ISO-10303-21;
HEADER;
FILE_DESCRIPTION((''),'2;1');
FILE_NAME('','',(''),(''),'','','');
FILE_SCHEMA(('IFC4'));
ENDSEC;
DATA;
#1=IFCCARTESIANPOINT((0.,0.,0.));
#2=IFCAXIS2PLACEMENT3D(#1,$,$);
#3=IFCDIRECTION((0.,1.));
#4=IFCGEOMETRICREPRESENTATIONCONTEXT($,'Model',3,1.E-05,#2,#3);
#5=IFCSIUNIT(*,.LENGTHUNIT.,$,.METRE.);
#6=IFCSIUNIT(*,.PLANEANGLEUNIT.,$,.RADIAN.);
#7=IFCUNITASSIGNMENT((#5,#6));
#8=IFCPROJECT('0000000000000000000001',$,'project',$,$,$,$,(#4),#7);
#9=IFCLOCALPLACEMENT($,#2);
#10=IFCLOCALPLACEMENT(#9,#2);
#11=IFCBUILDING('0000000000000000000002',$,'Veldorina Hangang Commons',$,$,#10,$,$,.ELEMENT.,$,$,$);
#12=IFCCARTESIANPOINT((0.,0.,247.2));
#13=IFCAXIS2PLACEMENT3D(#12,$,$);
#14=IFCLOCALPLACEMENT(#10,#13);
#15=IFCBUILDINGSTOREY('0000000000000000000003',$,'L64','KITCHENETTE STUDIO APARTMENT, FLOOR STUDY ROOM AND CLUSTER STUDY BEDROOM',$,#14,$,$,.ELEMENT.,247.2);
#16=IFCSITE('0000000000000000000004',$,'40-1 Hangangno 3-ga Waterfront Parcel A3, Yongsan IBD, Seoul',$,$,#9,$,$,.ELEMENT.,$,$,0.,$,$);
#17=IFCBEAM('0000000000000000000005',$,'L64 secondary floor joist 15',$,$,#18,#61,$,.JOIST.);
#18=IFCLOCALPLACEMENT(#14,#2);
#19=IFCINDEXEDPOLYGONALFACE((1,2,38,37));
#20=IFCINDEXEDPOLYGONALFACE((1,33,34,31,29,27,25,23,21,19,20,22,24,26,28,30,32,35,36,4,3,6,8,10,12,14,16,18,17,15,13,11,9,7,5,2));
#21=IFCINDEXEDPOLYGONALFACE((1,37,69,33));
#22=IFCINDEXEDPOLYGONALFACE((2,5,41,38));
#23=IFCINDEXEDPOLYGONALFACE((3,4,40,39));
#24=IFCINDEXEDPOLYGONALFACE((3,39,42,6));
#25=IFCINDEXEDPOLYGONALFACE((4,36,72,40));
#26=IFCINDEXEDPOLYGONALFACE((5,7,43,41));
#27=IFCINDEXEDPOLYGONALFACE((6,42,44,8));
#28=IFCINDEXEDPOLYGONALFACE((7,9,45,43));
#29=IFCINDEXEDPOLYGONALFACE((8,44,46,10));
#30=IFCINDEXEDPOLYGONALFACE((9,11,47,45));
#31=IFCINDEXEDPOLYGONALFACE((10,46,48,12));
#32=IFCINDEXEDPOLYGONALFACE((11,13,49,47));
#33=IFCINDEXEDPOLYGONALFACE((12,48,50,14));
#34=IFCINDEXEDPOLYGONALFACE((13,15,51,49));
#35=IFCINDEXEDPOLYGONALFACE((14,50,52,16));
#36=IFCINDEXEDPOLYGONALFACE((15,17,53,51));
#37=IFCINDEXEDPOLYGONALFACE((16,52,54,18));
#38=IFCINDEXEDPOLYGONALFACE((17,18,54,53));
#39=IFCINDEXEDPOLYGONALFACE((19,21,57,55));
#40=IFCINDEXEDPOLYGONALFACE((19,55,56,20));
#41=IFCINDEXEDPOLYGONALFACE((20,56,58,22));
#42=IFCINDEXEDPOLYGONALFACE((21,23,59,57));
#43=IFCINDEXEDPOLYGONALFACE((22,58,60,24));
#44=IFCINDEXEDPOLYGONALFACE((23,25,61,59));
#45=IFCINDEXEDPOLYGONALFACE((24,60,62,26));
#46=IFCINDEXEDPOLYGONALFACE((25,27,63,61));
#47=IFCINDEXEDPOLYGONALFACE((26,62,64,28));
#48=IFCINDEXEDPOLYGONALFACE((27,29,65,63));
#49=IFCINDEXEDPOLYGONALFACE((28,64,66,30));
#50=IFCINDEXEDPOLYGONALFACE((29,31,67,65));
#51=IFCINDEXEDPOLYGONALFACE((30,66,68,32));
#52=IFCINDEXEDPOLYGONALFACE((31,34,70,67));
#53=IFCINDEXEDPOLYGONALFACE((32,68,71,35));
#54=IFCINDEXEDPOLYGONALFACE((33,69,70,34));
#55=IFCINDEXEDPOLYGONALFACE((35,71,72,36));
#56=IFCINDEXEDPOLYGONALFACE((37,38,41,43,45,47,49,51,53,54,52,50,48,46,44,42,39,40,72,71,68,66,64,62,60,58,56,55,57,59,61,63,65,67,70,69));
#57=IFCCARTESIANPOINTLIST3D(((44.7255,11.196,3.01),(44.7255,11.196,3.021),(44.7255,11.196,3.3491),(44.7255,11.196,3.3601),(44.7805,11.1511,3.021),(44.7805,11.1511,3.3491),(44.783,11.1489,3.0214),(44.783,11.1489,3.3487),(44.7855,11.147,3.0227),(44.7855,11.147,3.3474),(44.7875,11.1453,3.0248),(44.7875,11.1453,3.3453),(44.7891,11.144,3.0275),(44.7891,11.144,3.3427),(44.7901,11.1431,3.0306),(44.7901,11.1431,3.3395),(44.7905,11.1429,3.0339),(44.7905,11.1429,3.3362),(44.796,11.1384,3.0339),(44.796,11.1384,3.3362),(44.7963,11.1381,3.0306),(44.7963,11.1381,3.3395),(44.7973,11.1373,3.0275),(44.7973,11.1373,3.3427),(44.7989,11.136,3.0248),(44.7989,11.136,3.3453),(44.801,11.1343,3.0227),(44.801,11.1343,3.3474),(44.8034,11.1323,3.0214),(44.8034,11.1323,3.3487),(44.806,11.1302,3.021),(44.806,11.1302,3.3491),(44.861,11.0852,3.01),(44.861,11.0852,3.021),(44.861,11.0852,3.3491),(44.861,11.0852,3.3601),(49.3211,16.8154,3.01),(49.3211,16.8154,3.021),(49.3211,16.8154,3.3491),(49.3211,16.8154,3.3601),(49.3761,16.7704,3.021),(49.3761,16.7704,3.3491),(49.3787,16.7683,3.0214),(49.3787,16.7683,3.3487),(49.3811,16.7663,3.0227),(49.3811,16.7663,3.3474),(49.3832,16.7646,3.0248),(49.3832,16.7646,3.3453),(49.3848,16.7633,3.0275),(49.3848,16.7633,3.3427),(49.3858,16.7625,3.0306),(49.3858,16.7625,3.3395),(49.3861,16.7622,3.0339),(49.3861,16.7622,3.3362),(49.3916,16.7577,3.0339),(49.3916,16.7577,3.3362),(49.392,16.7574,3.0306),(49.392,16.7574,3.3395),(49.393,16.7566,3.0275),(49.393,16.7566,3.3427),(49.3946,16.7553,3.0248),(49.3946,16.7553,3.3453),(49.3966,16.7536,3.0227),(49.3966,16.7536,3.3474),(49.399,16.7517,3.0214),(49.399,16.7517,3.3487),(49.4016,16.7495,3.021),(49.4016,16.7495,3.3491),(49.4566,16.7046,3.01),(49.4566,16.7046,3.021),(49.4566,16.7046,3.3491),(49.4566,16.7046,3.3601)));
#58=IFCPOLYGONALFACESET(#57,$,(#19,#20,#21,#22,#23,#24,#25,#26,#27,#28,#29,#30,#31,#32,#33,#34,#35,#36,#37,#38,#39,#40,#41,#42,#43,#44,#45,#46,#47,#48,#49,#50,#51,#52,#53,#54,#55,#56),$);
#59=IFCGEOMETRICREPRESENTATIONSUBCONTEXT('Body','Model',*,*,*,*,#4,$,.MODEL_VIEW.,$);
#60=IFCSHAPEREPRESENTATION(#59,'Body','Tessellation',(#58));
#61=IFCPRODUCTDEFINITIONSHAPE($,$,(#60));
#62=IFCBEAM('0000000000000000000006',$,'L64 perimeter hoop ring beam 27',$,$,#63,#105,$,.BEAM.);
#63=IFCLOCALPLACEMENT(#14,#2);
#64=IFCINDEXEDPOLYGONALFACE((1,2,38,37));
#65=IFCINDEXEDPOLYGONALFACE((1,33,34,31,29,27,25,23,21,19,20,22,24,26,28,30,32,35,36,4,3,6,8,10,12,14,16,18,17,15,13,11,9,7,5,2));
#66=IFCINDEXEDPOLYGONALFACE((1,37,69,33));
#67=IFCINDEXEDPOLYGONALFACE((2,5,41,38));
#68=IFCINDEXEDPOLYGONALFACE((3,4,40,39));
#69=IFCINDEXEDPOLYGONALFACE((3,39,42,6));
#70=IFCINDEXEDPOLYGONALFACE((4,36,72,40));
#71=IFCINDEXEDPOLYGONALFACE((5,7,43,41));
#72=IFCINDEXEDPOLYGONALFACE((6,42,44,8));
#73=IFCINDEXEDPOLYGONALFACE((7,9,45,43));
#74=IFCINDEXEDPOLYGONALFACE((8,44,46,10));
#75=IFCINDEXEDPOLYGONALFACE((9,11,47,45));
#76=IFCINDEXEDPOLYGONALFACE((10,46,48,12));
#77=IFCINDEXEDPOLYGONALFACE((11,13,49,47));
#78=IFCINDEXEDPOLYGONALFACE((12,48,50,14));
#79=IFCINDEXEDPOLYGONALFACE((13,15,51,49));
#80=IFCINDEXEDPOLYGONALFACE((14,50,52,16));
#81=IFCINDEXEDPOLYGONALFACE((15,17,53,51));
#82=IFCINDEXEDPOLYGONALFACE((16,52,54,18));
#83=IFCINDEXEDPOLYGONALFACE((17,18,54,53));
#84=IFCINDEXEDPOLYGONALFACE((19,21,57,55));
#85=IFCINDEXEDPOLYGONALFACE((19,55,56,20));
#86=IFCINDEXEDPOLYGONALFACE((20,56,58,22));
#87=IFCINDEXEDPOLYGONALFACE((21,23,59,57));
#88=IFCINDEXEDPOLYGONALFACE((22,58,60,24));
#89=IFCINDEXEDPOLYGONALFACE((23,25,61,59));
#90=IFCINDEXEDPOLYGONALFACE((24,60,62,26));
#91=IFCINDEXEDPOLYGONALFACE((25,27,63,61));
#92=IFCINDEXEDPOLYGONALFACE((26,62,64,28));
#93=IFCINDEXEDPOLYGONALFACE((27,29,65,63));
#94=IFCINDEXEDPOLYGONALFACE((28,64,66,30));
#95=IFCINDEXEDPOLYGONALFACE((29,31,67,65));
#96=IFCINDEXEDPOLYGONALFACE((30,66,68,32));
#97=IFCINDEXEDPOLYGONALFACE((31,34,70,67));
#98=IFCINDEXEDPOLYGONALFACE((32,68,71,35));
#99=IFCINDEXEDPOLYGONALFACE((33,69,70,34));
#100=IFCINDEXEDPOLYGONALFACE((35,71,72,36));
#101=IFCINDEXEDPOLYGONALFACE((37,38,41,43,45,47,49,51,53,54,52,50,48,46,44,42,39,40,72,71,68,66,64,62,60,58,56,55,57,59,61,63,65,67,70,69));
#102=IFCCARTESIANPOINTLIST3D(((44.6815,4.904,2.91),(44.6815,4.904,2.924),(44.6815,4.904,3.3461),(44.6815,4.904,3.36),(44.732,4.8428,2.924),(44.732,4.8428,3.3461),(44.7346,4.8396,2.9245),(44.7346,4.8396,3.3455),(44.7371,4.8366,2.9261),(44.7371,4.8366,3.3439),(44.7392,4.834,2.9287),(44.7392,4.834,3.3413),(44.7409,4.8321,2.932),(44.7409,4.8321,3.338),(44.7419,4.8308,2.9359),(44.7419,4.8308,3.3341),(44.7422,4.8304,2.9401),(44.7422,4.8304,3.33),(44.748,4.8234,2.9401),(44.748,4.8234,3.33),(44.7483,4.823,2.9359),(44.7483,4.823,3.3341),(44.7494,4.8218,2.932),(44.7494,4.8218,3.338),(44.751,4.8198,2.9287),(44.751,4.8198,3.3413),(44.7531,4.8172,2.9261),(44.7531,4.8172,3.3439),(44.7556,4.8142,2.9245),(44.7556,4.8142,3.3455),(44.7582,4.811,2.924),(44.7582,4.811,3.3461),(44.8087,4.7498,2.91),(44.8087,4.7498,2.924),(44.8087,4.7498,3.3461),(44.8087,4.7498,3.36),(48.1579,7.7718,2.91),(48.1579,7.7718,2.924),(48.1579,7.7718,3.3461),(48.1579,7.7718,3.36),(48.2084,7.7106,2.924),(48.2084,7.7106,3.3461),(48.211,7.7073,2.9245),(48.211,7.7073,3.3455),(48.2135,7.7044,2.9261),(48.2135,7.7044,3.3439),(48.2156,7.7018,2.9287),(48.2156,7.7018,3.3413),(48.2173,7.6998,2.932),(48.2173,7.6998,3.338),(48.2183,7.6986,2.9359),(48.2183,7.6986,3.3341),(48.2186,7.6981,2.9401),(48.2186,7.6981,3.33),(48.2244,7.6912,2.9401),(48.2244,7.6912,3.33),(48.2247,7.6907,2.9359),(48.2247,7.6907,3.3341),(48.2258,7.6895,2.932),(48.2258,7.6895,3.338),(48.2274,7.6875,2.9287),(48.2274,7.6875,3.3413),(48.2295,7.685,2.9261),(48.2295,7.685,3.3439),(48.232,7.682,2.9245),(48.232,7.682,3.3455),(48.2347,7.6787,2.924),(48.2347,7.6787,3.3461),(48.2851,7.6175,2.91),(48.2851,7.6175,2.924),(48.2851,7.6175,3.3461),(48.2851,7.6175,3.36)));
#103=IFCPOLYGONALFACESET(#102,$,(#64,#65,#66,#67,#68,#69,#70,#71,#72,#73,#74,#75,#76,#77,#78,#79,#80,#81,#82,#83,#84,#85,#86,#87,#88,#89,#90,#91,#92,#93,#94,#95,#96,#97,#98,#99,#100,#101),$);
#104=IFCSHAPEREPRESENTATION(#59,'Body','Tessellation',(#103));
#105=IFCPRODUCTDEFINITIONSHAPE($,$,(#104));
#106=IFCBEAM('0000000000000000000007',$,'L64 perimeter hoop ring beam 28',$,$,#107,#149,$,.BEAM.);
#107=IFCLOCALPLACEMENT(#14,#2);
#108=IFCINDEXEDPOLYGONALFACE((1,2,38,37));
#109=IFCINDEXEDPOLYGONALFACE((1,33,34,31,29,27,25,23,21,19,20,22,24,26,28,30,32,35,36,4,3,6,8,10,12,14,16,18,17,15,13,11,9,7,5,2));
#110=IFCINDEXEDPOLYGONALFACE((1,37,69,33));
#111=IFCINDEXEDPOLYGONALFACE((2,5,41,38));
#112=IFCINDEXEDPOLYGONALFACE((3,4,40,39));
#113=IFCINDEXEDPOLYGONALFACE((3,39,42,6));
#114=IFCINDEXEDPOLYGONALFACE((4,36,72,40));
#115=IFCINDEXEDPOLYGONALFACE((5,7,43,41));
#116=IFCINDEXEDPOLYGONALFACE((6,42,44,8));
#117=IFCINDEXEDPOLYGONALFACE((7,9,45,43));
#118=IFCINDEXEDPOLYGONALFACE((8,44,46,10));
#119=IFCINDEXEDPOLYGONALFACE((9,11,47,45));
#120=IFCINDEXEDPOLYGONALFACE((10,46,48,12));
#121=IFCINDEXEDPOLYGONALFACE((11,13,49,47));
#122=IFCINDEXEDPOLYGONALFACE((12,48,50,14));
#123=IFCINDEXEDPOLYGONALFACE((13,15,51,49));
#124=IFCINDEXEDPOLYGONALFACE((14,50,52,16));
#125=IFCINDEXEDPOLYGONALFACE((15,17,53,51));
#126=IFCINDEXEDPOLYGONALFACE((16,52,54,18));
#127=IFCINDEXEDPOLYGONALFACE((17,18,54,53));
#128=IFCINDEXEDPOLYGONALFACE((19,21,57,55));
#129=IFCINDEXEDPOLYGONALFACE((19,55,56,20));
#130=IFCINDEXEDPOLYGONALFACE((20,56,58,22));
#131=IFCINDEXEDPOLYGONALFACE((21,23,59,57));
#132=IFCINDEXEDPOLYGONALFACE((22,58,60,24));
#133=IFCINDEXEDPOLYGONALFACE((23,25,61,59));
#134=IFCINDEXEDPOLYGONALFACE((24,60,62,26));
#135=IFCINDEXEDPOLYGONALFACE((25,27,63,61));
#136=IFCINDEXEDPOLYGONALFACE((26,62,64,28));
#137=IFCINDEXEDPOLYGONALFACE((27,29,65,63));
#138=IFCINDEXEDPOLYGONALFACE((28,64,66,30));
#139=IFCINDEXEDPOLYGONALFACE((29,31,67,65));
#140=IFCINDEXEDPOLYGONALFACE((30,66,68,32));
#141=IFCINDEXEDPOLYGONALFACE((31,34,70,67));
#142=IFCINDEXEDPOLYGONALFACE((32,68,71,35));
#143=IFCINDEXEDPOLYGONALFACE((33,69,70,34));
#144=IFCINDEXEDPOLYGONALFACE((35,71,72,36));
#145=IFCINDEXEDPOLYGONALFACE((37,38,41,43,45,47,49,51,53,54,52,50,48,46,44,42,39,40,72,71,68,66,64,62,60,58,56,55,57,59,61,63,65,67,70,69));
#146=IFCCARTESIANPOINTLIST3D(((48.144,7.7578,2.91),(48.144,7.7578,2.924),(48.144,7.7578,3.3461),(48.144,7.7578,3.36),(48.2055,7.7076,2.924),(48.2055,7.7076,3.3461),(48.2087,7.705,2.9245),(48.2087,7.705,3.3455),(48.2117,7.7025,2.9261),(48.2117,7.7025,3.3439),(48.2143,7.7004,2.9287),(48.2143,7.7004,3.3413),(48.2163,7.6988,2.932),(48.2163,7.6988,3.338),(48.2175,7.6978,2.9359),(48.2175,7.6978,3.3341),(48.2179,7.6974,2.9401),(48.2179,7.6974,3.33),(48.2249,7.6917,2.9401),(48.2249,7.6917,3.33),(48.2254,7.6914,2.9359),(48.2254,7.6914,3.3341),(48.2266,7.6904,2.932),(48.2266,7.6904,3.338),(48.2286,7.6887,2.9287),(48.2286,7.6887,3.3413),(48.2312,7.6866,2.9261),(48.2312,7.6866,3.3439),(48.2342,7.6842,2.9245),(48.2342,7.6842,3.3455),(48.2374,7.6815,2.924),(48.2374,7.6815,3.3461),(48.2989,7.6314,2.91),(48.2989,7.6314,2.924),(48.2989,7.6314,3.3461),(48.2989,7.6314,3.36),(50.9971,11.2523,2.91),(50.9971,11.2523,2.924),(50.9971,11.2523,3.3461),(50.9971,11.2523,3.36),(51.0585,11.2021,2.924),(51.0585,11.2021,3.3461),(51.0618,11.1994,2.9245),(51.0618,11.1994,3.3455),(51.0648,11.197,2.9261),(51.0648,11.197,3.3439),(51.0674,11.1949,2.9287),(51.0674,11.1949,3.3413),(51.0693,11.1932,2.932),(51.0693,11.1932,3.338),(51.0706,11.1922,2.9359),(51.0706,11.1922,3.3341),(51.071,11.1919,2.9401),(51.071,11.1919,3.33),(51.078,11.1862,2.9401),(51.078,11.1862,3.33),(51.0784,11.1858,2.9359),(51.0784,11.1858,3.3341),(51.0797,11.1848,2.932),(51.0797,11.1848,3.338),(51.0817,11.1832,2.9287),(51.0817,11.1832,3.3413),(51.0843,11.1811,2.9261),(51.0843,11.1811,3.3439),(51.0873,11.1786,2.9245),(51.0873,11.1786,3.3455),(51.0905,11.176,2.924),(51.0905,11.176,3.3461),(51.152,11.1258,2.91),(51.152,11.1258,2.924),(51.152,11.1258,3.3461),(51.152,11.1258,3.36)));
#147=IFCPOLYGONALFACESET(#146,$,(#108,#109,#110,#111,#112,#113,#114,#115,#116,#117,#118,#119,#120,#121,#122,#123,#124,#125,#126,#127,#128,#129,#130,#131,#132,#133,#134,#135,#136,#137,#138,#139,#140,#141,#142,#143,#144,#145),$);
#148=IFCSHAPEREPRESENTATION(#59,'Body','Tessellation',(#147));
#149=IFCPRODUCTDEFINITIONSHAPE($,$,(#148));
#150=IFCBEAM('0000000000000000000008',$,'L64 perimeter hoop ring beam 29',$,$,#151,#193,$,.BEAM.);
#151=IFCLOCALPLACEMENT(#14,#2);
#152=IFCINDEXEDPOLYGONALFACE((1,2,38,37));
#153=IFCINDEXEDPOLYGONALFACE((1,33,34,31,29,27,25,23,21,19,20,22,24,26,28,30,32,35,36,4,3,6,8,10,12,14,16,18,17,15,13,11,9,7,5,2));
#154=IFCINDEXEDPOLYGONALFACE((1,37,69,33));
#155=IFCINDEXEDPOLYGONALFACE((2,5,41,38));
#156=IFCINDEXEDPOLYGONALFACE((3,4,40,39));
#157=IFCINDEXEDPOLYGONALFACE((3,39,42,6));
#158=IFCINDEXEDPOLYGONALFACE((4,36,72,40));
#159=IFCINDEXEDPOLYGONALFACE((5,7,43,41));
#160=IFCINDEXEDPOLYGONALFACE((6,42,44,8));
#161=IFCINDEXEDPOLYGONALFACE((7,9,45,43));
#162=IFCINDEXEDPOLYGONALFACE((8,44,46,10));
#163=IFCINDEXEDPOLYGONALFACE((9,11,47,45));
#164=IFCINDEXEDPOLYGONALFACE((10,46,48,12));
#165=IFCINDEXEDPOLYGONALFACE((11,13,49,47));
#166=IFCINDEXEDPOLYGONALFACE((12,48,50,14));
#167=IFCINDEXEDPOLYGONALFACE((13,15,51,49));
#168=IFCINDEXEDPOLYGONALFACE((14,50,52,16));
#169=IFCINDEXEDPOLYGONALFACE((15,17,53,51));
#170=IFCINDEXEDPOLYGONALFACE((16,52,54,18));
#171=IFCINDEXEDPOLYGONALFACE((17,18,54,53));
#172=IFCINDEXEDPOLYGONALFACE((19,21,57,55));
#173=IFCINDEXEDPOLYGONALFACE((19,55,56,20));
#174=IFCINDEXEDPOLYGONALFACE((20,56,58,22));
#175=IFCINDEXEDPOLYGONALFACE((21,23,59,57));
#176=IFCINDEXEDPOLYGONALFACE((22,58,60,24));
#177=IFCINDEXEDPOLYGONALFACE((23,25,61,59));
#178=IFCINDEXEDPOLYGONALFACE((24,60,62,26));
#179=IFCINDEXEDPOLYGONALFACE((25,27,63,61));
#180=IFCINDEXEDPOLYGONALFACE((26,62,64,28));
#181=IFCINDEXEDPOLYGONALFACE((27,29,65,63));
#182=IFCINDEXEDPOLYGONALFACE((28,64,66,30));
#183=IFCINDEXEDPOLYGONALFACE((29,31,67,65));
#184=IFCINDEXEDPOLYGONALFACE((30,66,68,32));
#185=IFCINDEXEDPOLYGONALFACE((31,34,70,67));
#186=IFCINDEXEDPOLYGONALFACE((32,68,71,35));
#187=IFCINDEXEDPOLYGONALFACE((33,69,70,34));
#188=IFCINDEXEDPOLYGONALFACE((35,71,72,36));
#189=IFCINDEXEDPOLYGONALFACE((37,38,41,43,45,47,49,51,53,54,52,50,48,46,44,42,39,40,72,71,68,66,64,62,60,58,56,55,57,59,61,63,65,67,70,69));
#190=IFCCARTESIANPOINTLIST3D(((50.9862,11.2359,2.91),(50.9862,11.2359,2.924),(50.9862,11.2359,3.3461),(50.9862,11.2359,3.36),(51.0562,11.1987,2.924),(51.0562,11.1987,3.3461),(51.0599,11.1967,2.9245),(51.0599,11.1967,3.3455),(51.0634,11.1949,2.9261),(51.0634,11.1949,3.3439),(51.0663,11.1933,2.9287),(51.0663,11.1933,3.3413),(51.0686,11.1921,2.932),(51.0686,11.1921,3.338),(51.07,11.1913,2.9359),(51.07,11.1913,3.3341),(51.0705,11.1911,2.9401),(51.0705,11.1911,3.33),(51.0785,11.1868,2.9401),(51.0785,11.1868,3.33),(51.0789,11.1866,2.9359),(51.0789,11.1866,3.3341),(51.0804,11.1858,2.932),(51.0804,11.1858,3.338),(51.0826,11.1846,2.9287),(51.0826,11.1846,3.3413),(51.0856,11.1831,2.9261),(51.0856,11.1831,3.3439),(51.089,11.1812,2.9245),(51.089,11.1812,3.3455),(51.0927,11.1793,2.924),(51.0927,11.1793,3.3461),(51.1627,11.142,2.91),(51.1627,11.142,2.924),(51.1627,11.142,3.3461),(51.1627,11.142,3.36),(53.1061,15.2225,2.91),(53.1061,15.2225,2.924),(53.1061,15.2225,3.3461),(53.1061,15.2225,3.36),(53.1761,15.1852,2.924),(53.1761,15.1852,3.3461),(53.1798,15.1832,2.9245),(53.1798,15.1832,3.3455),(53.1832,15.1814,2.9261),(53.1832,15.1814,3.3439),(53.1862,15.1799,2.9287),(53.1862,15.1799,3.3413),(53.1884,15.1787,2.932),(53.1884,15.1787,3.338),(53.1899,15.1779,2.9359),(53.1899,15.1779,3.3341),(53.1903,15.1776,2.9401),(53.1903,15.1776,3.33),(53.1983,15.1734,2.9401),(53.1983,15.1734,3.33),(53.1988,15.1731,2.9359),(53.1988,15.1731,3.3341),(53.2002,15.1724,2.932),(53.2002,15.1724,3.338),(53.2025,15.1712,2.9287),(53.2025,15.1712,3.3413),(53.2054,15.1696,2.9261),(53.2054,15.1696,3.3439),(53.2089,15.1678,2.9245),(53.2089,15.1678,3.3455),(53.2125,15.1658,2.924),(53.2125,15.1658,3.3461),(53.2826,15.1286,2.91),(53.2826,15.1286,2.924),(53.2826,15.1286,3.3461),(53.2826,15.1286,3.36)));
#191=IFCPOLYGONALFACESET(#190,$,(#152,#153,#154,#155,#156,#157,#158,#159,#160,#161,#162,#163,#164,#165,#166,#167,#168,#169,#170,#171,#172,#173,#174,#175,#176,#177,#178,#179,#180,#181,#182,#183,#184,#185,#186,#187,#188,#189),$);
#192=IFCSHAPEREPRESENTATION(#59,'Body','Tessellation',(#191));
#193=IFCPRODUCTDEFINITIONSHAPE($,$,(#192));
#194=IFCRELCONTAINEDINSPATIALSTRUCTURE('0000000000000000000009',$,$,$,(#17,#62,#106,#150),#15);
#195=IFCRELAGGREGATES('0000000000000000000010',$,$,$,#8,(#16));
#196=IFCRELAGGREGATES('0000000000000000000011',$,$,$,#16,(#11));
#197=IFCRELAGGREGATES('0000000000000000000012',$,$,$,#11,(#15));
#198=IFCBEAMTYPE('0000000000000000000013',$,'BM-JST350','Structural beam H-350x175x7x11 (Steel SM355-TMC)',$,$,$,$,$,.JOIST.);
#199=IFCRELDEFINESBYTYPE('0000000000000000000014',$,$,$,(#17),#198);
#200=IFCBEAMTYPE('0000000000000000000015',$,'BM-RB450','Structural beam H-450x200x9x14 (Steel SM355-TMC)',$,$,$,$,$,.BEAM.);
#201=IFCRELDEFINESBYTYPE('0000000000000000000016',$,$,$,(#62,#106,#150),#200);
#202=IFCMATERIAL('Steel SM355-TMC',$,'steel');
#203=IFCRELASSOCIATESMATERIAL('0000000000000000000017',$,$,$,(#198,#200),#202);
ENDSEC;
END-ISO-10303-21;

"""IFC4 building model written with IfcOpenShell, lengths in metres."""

from ifc_helpers import new_model, si_unit, direction, frame, origin, origin_2d, place, context, subcontext, project, spatial, i_section, extrude, material, material_profile, profile_set, type_object, element, save


model = new_model("IFC4")

# Units and contexts
model_context = context("Model", 3, precision=1e-05, world=origin(), true_north=direction((0.0, 1.0)))
body_context = subcontext(model_context, "Body", "Model", "MODEL_VIEW")
ifc_project = project(units=[si_unit("LENGTHUNIT", "METRE"), si_unit("PLANEANGLEUNIT", "RADIAN")], contexts=[model_context])

# Site, building, storey
site_placement = place(None, origin())
site = spatial("IfcSite", under=ifc_project, at=site_placement, Name="40-1 Hangangno 3-ga Waterfront Parcel A3, Yongsan IBD, Seoul", CompositionType="ELEMENT", RefElevation=0.0)
building_placement = place(site_placement, origin())
building = spatial("IfcBuilding", under=site, at=building_placement, Name="Veldorina Hangang Commons", CompositionType="ELEMENT")
storey_placement = place(building_placement, frame((0.0, 0.0, 247.2)))
storey = spatial("IfcBuildingStorey", under=building, at=storey_placement, Name="L64", Description="KITCHENETTE STUDIO APARTMENT, FLOOR STUDY ROOM AND CLUSTER STUDY BEDROOM", CompositionType="ELEMENT", Elevation=247.2)

# Beams
ifc_material_1 = material(Name="Steel SM355-TMC", Category="steel")
ifc_material_profile_1 = material_profile(ifc_material_1, i_section(OverallWidth=0.175, OverallDepth=0.3501, WebThickness=0.0071, FlangeThickness=0.011, FilletRadius=0.0129, at=origin_2d()), Name="H-350x175x7x11")
ifc_profile_set_1 = profile_set([ifc_material_profile_1], Name="Steel SM355-TMC")
beam_type_1 = type_object("IfcBeamType", Name="BM-JST350", Description="Structural beam H-350x175x7x11 (Steel SM355-TMC)", PredefinedType="JOIST", material=ifc_profile_set_1)
beam_1_placement = place(storey_placement, frame((44.7932, 11.1406, 3.1851), z_axis=(0.633075, 0.774091, 0.0), x_axis=(-0.774091, 0.633075, 0.0)))
element("IfcBeam", 1, at=beam_1_placement, inside=storey, type_object=beam_type_1, Name="L64 secondary floor joist 15", PredefinedType="JOIST", context=body_context, shape_type="SweptSolid", body=[
    extrude(i_section(OverallWidth=0.175, OverallDepth=0.3501, WebThickness=0.0071, FlangeThickness=0.011, FilletRadius=0.0129, at=origin_2d()), origin(), (0.0, 0.0, 1.0), 7.2593),
])
ifc_material_profile_2 = material_profile(ifc_material_1, i_section(OverallWidth=0.2, OverallDepth=0.45, WebThickness=0.009, FlangeThickness=0.0139, FilletRadius=0.0161, at=origin_2d()), Name="H-450x200x9x14")
ifc_profile_set_2 = profile_set([ifc_material_profile_2], Name="Steel SM355-TMC")
beam_type_2 = type_object("IfcBeamType", Name="BM-RB450", Description="Structural beam H-450x200x9x14 (Steel SM355-TMC)", PredefinedType="BEAM", material=ifc_profile_set_2)
beam_2_placement = place(storey_placement, frame((44.7451, 4.8269, 3.135), z_axis=(0.771405, 0.636345, 0.0), x_axis=(-0.636345, 0.771405, 0.0)))
element("IfcBeam", 2, at=beam_2_placement, inside=storey, type_object=beam_type_2, Name="L64 perimeter hoop ring beam 27", PredefinedType="BEAM", context=body_context, shape_type="SweptSolid", body=[
    extrude(i_section(OverallWidth=0.2, OverallDepth=0.45, WebThickness=0.009, FlangeThickness=0.0139, FilletRadius=0.0161, at=origin_2d()), origin(), (0.0, 0.0, 1.0), 4.5066),
])
beam_3_placement = place(storey_placement, frame((48.2214, 7.6946, 3.135), z_axis=(0.632439, 0.77461, 0.0), x_axis=(-0.77461, 0.632439, 0.0)))
element("IfcBeam", 3, at=beam_3_placement, inside=storey, type_object=beam_type_2, Name="L64 perimeter hoop ring beam 28", PredefinedType="BEAM", context=body_context, shape_type="SweptSolid", body=[
    extrude(i_section(OverallWidth=0.2, OverallDepth=0.45, WebThickness=0.009, FlangeThickness=0.0139, FilletRadius=0.0161, at=origin_2d()), origin(), (0.0, 0.0, 1.0), 4.5112),
])
beam_4_placement = place(storey_placement, frame((51.0745, 11.189, 3.135), z_axis=(0.469502, 0.882932, 0.0), x_axis=(-0.882932, 0.469502, 0.0)))
element("IfcBeam", 4, at=beam_4_placement, inside=storey, type_object=beam_type_2, Name="L64 perimeter hoop ring beam 29", PredefinedType="BEAM", context=body_context, shape_type="SweptSolid", body=[
    extrude(i_section(OverallWidth=0.2, OverallDepth=0.45, WebThickness=0.009, FlangeThickness=0.0139, FilletRadius=0.0161, at=origin_2d()), origin(), (0.0, 0.0, 1.0), 4.5151),
])

save(model, "model.ifc")
